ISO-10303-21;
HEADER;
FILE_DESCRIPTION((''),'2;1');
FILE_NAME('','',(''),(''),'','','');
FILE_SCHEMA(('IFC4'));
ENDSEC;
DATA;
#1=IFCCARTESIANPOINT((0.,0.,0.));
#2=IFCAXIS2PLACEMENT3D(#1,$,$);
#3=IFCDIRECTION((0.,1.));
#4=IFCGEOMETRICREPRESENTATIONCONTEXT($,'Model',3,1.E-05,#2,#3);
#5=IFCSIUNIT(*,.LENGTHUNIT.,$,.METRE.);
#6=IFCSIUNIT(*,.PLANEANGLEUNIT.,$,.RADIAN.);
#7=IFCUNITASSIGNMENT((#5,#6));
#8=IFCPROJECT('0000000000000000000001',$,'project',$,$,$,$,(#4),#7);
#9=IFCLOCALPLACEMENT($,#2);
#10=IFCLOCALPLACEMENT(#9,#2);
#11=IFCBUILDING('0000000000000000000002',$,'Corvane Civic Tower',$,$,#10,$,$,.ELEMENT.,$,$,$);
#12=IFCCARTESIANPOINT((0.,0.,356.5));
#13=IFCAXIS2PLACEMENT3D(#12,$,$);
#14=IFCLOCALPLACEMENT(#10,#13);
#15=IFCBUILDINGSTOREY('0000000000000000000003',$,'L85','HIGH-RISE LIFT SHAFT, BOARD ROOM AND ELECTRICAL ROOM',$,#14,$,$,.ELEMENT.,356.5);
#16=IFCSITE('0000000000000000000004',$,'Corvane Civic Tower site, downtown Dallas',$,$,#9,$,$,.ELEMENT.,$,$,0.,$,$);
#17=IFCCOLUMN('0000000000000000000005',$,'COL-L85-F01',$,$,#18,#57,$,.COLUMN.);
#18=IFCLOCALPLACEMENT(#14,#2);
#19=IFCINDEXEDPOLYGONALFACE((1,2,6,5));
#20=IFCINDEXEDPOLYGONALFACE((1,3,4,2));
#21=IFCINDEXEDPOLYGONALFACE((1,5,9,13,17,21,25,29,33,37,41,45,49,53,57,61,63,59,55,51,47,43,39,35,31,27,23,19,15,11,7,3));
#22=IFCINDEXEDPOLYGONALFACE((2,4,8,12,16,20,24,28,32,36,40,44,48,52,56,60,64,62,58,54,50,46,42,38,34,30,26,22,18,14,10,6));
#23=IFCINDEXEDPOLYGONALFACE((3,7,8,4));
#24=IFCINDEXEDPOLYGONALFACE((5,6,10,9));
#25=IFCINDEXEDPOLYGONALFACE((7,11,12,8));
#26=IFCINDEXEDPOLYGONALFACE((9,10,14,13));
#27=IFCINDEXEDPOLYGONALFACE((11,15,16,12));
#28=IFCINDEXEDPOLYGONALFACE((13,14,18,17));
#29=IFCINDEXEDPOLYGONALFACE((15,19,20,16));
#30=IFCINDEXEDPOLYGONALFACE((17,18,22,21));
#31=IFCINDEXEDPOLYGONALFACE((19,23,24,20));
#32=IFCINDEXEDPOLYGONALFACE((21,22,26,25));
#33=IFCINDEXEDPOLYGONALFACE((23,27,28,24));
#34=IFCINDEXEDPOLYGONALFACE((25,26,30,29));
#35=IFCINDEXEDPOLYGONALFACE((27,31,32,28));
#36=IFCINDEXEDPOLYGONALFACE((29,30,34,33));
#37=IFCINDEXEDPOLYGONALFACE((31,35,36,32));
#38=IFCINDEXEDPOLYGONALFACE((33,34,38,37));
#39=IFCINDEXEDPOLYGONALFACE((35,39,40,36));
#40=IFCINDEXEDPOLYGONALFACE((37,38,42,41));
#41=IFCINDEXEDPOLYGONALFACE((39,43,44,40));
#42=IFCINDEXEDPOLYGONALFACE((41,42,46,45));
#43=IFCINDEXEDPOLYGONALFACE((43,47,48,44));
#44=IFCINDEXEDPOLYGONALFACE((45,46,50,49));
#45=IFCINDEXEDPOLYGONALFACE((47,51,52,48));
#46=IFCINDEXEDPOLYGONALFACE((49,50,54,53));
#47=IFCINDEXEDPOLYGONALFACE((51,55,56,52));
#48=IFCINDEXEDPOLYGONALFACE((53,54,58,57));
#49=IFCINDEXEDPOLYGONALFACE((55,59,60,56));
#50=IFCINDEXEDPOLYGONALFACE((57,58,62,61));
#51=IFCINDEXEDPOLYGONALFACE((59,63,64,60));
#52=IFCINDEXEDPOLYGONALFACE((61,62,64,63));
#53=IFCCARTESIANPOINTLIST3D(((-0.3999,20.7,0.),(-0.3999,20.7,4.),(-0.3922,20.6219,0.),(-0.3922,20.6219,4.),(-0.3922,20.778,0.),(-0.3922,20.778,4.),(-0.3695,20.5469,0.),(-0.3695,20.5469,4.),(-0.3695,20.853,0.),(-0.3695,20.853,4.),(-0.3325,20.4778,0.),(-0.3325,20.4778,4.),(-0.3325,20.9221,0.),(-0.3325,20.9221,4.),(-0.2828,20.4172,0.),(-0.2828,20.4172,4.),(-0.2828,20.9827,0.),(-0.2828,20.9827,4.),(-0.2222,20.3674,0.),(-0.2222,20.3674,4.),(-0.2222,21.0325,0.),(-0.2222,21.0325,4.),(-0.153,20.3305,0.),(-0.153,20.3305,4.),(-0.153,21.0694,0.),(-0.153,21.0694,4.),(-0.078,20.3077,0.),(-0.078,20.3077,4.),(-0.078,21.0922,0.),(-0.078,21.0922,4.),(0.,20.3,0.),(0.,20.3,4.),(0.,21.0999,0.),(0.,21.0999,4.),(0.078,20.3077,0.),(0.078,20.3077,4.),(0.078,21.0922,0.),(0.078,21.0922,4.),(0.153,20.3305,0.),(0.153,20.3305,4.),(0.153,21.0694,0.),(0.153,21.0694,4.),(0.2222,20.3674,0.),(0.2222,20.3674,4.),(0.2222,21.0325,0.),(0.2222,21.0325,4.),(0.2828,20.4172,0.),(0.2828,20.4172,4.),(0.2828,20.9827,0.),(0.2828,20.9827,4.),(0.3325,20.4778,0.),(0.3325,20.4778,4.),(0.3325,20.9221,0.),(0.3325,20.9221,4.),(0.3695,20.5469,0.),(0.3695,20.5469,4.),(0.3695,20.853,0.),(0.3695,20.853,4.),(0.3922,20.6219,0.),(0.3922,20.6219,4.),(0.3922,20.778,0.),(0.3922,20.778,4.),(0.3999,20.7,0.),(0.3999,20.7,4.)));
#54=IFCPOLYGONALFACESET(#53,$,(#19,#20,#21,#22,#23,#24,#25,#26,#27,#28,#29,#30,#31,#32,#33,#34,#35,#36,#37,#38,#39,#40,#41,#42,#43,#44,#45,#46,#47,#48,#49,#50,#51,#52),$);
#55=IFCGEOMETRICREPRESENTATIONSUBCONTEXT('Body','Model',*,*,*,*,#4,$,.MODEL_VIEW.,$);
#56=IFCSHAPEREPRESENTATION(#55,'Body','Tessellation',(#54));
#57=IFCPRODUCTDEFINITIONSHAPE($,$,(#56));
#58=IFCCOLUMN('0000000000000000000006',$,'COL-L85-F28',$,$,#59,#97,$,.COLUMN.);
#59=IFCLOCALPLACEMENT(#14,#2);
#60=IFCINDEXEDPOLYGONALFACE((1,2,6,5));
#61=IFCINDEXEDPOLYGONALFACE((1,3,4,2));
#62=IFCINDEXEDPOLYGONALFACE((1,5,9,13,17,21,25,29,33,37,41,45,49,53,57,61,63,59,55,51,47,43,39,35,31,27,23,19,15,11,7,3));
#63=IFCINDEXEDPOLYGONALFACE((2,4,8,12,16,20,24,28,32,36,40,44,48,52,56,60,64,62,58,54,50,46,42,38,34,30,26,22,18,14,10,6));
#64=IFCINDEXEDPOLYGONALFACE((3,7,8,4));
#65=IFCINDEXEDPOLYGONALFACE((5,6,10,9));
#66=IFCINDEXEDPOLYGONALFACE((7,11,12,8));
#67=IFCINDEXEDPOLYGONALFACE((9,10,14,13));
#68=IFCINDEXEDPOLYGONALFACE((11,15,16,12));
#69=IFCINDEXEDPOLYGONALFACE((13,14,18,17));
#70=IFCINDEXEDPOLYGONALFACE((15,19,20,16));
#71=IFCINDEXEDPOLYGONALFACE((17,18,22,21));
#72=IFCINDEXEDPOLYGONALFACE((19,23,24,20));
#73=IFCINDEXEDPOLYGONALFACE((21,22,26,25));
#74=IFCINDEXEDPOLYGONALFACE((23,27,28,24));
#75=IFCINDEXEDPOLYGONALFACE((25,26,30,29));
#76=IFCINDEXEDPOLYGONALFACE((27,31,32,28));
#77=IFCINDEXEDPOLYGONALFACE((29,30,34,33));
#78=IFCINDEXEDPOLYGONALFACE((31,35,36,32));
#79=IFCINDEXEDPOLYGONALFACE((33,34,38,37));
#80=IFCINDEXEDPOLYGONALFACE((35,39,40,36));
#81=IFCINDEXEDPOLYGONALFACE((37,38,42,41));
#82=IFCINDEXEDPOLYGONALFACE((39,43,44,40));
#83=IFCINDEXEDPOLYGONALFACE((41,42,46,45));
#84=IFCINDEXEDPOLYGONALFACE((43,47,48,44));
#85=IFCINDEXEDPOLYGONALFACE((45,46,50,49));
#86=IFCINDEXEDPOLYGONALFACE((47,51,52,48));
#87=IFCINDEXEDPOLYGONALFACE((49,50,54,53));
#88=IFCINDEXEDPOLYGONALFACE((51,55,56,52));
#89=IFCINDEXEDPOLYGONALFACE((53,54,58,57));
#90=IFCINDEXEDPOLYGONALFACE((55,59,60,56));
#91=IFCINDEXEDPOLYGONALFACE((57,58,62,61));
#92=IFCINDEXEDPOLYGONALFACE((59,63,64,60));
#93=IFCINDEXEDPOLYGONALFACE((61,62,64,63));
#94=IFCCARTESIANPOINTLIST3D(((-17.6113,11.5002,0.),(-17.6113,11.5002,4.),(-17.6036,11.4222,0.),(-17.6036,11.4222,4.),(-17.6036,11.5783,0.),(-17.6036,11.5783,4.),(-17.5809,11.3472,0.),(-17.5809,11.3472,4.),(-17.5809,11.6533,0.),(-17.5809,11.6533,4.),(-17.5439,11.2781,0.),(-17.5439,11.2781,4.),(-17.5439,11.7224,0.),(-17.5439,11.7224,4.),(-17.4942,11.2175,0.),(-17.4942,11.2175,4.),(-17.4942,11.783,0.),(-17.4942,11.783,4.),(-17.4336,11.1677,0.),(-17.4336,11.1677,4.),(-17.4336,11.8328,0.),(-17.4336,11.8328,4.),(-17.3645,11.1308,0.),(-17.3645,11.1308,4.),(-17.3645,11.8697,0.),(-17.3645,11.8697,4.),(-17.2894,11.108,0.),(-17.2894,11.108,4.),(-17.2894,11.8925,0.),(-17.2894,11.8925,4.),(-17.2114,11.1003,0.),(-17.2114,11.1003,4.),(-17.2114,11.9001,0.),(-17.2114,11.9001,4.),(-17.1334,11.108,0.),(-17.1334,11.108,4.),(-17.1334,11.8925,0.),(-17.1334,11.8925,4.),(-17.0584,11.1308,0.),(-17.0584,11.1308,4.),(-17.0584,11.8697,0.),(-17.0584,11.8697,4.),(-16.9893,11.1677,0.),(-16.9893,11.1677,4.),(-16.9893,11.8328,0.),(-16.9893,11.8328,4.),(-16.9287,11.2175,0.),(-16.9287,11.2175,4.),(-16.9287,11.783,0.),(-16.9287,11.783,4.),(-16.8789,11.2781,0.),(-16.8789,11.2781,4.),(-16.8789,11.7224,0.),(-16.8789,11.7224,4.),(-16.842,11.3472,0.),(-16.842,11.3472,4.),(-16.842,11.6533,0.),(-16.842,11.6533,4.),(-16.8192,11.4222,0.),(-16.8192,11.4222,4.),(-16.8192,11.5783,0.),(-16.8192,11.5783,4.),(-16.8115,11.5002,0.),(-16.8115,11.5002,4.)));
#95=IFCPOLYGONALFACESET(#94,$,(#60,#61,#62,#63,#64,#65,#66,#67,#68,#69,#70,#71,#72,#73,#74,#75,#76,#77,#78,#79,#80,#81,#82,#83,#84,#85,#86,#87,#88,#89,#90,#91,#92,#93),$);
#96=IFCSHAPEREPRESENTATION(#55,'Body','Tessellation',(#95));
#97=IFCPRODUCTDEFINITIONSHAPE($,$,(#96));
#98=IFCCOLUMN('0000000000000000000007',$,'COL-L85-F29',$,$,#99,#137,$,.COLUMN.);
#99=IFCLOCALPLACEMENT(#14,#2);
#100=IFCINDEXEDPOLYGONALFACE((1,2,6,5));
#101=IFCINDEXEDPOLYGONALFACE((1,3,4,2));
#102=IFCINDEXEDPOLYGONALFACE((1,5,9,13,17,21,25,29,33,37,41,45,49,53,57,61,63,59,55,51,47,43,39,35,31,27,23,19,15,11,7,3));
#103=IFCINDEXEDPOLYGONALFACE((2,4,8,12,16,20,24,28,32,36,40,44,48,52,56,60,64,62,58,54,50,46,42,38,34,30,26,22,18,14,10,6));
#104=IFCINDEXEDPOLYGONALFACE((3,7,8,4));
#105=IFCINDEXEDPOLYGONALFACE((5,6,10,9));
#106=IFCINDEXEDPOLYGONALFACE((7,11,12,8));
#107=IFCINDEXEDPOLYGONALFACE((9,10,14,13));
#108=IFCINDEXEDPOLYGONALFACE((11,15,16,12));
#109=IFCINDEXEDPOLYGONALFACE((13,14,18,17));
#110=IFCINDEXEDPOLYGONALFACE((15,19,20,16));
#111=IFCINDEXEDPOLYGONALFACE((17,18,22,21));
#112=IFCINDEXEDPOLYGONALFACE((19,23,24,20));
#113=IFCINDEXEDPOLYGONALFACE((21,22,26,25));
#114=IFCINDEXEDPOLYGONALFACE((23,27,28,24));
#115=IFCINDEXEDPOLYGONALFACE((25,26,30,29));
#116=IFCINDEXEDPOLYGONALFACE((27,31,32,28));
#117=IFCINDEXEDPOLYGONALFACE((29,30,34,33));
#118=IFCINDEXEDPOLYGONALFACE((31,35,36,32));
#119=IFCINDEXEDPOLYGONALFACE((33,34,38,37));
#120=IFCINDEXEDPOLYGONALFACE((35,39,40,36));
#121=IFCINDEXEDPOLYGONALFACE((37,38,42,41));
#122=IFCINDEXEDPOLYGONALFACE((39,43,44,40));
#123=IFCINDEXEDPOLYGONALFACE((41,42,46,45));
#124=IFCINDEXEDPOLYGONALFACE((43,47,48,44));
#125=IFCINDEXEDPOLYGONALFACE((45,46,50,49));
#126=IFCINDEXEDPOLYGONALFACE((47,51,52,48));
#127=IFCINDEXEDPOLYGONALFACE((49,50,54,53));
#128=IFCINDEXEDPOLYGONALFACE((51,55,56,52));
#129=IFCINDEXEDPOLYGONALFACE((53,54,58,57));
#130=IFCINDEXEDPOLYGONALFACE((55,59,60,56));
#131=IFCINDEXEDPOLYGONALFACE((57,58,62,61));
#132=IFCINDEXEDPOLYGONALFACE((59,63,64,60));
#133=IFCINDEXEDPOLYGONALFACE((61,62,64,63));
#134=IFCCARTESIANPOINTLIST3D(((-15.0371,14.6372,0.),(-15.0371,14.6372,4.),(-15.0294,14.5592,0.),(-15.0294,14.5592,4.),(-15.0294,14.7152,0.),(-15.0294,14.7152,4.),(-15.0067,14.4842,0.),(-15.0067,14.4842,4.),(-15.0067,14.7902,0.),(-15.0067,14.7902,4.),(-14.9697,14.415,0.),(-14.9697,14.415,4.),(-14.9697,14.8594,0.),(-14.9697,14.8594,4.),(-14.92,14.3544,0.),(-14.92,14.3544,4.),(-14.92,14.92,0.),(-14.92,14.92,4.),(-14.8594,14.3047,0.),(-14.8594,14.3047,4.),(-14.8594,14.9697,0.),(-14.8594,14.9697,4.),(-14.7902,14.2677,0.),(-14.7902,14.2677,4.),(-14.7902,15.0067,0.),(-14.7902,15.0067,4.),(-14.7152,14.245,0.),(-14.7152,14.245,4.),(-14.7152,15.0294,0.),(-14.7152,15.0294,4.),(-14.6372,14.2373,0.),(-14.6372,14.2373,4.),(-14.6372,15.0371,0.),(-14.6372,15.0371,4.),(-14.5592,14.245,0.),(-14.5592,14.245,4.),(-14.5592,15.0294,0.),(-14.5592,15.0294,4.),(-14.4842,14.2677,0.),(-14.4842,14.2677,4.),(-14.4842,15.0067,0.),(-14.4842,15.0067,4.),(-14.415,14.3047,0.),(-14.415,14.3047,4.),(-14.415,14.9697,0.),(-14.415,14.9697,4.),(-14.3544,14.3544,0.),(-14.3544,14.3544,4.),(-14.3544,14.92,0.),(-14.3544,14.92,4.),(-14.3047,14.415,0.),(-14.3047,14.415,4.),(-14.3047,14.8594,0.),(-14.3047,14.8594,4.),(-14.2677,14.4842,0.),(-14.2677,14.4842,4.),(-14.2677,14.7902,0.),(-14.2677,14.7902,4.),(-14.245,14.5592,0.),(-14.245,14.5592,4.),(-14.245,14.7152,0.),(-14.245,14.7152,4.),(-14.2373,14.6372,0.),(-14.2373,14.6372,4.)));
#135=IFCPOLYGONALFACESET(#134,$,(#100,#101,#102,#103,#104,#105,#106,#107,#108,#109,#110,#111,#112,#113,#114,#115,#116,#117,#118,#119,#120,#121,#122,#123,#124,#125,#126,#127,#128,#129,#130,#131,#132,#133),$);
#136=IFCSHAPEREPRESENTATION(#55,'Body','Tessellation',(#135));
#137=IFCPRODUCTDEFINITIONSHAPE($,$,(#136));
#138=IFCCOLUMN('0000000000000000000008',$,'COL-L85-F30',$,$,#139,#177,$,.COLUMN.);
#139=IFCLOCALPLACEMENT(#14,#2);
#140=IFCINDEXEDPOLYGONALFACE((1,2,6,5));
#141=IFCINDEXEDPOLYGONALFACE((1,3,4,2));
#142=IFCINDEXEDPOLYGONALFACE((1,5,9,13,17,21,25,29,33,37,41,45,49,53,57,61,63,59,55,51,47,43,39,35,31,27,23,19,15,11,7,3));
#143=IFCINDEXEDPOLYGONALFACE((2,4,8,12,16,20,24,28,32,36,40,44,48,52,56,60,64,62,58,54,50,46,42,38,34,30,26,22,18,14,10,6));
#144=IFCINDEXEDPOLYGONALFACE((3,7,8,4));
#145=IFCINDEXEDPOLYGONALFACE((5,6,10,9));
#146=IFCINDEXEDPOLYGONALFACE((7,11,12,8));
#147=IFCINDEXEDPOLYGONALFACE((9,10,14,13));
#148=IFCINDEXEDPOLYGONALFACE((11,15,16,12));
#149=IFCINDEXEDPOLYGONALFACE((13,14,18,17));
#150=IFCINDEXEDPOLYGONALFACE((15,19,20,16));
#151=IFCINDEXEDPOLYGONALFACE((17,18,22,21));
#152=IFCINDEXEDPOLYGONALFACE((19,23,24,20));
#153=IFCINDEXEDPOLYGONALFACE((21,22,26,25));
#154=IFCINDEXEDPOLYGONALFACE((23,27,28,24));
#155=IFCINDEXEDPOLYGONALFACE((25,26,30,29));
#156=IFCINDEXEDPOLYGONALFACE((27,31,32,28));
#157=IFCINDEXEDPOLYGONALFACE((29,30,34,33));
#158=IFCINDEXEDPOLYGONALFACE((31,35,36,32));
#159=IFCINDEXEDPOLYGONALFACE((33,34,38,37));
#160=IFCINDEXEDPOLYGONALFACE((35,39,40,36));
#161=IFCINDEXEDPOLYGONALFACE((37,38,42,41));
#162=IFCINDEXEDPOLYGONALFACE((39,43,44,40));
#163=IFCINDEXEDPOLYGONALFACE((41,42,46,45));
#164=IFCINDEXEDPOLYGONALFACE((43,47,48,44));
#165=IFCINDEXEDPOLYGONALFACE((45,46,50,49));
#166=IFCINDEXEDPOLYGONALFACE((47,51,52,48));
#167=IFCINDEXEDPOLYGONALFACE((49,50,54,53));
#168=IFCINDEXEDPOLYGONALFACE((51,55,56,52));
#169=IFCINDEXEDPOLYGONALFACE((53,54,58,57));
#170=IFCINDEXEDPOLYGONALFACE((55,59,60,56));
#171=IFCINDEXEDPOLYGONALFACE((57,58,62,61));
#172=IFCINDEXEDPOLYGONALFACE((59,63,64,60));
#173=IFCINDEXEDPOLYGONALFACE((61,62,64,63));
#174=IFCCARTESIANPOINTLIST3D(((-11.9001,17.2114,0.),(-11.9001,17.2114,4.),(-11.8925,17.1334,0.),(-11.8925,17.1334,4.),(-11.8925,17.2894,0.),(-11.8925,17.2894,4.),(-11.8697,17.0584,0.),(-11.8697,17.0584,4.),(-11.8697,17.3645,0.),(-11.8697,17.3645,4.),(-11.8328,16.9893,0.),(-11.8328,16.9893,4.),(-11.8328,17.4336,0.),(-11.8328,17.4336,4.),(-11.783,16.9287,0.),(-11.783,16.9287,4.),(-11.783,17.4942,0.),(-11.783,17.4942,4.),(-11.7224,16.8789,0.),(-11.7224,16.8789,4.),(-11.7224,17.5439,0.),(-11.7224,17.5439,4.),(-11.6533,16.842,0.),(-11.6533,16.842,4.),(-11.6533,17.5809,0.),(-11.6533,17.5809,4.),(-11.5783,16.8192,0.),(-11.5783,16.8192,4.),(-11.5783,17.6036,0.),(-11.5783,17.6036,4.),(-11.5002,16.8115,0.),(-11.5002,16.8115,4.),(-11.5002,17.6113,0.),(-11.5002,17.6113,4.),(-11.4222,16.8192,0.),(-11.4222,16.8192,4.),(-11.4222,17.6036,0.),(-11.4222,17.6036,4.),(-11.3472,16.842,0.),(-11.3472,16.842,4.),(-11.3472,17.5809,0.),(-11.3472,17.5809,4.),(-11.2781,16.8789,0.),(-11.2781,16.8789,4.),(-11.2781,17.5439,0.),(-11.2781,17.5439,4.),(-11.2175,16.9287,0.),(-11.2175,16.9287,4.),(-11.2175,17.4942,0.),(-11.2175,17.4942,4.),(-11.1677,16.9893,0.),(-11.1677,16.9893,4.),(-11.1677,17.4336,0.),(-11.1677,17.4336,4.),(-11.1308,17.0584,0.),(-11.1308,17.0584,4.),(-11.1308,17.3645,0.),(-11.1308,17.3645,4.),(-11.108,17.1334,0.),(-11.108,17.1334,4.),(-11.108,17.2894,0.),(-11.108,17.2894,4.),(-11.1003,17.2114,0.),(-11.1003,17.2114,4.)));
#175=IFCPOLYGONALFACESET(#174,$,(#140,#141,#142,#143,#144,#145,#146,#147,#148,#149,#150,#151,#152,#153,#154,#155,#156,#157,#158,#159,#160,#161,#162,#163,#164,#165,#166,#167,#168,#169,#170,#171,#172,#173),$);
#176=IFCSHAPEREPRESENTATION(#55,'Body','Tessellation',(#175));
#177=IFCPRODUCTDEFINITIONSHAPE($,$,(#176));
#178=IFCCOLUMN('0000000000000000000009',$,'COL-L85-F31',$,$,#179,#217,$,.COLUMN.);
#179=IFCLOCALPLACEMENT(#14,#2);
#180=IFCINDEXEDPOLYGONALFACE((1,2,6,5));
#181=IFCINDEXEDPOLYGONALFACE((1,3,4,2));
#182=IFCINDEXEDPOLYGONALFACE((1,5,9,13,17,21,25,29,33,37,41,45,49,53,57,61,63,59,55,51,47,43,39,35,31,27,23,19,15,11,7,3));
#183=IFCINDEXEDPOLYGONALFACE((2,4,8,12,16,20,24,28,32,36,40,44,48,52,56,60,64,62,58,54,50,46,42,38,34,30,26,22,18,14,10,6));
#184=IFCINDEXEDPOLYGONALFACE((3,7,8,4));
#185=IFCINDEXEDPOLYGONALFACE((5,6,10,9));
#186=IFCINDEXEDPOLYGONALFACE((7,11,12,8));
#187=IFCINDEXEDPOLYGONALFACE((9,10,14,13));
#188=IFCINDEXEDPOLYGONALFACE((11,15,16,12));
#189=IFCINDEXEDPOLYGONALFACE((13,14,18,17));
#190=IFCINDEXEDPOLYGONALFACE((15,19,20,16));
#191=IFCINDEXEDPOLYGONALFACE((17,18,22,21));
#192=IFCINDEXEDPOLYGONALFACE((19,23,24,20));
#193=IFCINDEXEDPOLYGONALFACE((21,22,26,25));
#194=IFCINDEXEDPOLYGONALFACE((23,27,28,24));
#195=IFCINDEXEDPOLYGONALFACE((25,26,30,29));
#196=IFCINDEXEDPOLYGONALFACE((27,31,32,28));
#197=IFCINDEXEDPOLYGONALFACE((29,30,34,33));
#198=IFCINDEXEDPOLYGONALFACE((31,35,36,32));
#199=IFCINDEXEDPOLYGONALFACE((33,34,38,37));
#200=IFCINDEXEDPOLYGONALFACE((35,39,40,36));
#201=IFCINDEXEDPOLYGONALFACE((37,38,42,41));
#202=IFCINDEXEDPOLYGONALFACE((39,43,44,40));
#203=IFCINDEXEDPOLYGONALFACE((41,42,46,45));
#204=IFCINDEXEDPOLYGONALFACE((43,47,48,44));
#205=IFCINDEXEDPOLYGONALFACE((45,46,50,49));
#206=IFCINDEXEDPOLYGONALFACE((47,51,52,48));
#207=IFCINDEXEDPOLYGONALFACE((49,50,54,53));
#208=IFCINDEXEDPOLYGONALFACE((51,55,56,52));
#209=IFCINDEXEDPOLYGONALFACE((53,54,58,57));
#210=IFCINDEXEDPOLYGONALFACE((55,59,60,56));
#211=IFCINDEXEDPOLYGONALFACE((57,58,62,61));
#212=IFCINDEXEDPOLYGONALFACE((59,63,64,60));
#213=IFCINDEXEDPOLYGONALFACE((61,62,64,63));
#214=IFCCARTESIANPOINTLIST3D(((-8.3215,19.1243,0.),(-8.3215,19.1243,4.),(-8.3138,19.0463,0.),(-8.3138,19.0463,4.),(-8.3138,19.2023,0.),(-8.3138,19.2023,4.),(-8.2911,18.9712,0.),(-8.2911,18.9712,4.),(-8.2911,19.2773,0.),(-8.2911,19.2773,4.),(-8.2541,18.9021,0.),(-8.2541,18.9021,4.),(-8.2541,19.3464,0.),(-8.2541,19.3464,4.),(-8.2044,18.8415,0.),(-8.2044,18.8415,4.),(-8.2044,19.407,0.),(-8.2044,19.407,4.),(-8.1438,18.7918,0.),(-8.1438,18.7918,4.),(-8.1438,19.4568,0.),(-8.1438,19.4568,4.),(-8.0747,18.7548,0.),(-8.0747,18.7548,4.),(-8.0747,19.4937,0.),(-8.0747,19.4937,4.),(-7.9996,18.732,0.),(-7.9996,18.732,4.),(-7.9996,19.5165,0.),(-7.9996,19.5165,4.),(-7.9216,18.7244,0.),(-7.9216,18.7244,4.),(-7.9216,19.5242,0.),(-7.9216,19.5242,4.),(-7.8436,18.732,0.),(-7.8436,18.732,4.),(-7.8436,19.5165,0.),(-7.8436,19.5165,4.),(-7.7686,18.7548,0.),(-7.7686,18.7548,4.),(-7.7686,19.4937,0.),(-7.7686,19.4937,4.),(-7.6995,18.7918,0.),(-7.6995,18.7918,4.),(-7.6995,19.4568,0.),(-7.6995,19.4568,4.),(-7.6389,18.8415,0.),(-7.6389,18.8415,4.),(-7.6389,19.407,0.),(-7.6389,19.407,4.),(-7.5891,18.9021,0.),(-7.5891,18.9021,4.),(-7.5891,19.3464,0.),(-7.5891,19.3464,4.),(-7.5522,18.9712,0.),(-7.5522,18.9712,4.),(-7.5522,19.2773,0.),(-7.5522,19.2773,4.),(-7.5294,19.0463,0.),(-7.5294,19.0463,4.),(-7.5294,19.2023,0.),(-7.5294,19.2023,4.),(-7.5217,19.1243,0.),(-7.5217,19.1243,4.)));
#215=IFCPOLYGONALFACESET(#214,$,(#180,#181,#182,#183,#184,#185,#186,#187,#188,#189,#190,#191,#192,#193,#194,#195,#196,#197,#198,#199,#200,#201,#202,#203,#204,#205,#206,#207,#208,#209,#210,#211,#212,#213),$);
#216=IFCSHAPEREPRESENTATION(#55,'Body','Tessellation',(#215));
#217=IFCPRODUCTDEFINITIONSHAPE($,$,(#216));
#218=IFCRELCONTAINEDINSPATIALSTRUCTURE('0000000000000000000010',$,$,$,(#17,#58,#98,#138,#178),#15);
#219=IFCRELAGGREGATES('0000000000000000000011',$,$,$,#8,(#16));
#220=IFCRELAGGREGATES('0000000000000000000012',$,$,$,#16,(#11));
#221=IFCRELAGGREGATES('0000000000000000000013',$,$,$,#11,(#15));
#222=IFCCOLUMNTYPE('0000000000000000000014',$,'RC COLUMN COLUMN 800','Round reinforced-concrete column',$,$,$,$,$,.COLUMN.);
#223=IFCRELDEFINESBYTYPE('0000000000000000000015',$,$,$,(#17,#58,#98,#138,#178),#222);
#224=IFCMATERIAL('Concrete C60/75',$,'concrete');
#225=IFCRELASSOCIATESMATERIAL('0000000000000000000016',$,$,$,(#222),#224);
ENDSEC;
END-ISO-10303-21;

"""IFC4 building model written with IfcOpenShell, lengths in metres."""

from ifc_helpers import new_model, si_unit, direction, frame, origin, origin_2d, place, context, subcontext, project, spatial, circle, extrude, material, material_profile, profile_set, type_object, element, save


model = new_model("IFC4")

# Units and contexts
model_context = context("Model", 3, precision=1e-05, world=origin(), true_north=direction((0.0, 1.0)))
body_context = subcontext(model_context, "Body", "Model", "MODEL_VIEW")
ifc_project = project(units=[si_unit("LENGTHUNIT", "METRE"), si_unit("PLANEANGLEUNIT", "RADIAN")], contexts=[model_context])

# Site, building, storey
site_placement = place(None, origin())
site = spatial("IfcSite", under=ifc_project, at=site_placement, Name="Corvane Civic Tower site, downtown Dallas", CompositionType="ELEMENT", RefElevation=0.0)
building_placement = place(site_placement, origin())
building = spatial("IfcBuilding", under=site, at=building_placement, Name="Corvane Civic Tower", CompositionType="ELEMENT")
storey_placement = place(building_placement, frame((0.0, 0.0, 356.5)))
storey = spatial("IfcBuildingStorey", under=building, at=storey_placement, Name="L85", Description="HIGH-RISE LIFT SHAFT, BOARD ROOM AND ELECTRICAL ROOM", CompositionType="ELEMENT", Elevation=356.5)

# Columns
ifc_material_1 = material(Name="Concrete C60/75", Category="concrete")
ifc_material_profile_1 = material_profile(ifc_material_1, circle(Radius=0.3999, at=origin_2d()), Name="COLUMN 800")
ifc_profile_set_1 = profile_set([ifc_material_profile_1], Name="Concrete C60/75")
column_type = type_object("IfcColumnType", Name="RC COLUMN COLUMN 800", Description="Round reinforced-concrete column", PredefinedType="COLUMN", material=ifc_profile_set_1)
for number, where, z_axis, x_axis, name in (
    (1, (0.0, 20.7, 0.0), (0.0, 0.0, 1.0), (1.0, 0.0, 0.0), "COL-L85-F01"),
    (2, (-17.2114, 11.5002, 0.0), (0.0, 0.0, 1.0), (1.0, 0.0, 0.0), "COL-L85-F28"),
    (3, (-14.6372, 14.6372, 0.0), (0.0, 0.0, 1.0), (1.0, 0.0, 0.0), "COL-L85-F29"),
    (4, (-11.5002, 17.2114, 0.0), (0.0, 0.0, 1.0), (1.0, 0.0, 0.0), "COL-L85-F30"),
    (5, (-7.9216, 19.1243, 0.0), (0.0, 0.0, 1.0), (1.0, 0.0, 0.0), "COL-L85-F31"),
):
    element("IfcColumn", number, at=place(storey_placement, frame(where, z_axis=z_axis, x_axis=x_axis)), inside=storey, type_object=column_type, Name=name, PredefinedType="COLUMN", context=body_context, shape_type="SweptSolid", body=[
        extrude(circle(Radius=0.3999, at=origin_2d()), origin(), (0.0, 0.0, 1.0), 4.0),
    ])

save(model, "model.ifc")
